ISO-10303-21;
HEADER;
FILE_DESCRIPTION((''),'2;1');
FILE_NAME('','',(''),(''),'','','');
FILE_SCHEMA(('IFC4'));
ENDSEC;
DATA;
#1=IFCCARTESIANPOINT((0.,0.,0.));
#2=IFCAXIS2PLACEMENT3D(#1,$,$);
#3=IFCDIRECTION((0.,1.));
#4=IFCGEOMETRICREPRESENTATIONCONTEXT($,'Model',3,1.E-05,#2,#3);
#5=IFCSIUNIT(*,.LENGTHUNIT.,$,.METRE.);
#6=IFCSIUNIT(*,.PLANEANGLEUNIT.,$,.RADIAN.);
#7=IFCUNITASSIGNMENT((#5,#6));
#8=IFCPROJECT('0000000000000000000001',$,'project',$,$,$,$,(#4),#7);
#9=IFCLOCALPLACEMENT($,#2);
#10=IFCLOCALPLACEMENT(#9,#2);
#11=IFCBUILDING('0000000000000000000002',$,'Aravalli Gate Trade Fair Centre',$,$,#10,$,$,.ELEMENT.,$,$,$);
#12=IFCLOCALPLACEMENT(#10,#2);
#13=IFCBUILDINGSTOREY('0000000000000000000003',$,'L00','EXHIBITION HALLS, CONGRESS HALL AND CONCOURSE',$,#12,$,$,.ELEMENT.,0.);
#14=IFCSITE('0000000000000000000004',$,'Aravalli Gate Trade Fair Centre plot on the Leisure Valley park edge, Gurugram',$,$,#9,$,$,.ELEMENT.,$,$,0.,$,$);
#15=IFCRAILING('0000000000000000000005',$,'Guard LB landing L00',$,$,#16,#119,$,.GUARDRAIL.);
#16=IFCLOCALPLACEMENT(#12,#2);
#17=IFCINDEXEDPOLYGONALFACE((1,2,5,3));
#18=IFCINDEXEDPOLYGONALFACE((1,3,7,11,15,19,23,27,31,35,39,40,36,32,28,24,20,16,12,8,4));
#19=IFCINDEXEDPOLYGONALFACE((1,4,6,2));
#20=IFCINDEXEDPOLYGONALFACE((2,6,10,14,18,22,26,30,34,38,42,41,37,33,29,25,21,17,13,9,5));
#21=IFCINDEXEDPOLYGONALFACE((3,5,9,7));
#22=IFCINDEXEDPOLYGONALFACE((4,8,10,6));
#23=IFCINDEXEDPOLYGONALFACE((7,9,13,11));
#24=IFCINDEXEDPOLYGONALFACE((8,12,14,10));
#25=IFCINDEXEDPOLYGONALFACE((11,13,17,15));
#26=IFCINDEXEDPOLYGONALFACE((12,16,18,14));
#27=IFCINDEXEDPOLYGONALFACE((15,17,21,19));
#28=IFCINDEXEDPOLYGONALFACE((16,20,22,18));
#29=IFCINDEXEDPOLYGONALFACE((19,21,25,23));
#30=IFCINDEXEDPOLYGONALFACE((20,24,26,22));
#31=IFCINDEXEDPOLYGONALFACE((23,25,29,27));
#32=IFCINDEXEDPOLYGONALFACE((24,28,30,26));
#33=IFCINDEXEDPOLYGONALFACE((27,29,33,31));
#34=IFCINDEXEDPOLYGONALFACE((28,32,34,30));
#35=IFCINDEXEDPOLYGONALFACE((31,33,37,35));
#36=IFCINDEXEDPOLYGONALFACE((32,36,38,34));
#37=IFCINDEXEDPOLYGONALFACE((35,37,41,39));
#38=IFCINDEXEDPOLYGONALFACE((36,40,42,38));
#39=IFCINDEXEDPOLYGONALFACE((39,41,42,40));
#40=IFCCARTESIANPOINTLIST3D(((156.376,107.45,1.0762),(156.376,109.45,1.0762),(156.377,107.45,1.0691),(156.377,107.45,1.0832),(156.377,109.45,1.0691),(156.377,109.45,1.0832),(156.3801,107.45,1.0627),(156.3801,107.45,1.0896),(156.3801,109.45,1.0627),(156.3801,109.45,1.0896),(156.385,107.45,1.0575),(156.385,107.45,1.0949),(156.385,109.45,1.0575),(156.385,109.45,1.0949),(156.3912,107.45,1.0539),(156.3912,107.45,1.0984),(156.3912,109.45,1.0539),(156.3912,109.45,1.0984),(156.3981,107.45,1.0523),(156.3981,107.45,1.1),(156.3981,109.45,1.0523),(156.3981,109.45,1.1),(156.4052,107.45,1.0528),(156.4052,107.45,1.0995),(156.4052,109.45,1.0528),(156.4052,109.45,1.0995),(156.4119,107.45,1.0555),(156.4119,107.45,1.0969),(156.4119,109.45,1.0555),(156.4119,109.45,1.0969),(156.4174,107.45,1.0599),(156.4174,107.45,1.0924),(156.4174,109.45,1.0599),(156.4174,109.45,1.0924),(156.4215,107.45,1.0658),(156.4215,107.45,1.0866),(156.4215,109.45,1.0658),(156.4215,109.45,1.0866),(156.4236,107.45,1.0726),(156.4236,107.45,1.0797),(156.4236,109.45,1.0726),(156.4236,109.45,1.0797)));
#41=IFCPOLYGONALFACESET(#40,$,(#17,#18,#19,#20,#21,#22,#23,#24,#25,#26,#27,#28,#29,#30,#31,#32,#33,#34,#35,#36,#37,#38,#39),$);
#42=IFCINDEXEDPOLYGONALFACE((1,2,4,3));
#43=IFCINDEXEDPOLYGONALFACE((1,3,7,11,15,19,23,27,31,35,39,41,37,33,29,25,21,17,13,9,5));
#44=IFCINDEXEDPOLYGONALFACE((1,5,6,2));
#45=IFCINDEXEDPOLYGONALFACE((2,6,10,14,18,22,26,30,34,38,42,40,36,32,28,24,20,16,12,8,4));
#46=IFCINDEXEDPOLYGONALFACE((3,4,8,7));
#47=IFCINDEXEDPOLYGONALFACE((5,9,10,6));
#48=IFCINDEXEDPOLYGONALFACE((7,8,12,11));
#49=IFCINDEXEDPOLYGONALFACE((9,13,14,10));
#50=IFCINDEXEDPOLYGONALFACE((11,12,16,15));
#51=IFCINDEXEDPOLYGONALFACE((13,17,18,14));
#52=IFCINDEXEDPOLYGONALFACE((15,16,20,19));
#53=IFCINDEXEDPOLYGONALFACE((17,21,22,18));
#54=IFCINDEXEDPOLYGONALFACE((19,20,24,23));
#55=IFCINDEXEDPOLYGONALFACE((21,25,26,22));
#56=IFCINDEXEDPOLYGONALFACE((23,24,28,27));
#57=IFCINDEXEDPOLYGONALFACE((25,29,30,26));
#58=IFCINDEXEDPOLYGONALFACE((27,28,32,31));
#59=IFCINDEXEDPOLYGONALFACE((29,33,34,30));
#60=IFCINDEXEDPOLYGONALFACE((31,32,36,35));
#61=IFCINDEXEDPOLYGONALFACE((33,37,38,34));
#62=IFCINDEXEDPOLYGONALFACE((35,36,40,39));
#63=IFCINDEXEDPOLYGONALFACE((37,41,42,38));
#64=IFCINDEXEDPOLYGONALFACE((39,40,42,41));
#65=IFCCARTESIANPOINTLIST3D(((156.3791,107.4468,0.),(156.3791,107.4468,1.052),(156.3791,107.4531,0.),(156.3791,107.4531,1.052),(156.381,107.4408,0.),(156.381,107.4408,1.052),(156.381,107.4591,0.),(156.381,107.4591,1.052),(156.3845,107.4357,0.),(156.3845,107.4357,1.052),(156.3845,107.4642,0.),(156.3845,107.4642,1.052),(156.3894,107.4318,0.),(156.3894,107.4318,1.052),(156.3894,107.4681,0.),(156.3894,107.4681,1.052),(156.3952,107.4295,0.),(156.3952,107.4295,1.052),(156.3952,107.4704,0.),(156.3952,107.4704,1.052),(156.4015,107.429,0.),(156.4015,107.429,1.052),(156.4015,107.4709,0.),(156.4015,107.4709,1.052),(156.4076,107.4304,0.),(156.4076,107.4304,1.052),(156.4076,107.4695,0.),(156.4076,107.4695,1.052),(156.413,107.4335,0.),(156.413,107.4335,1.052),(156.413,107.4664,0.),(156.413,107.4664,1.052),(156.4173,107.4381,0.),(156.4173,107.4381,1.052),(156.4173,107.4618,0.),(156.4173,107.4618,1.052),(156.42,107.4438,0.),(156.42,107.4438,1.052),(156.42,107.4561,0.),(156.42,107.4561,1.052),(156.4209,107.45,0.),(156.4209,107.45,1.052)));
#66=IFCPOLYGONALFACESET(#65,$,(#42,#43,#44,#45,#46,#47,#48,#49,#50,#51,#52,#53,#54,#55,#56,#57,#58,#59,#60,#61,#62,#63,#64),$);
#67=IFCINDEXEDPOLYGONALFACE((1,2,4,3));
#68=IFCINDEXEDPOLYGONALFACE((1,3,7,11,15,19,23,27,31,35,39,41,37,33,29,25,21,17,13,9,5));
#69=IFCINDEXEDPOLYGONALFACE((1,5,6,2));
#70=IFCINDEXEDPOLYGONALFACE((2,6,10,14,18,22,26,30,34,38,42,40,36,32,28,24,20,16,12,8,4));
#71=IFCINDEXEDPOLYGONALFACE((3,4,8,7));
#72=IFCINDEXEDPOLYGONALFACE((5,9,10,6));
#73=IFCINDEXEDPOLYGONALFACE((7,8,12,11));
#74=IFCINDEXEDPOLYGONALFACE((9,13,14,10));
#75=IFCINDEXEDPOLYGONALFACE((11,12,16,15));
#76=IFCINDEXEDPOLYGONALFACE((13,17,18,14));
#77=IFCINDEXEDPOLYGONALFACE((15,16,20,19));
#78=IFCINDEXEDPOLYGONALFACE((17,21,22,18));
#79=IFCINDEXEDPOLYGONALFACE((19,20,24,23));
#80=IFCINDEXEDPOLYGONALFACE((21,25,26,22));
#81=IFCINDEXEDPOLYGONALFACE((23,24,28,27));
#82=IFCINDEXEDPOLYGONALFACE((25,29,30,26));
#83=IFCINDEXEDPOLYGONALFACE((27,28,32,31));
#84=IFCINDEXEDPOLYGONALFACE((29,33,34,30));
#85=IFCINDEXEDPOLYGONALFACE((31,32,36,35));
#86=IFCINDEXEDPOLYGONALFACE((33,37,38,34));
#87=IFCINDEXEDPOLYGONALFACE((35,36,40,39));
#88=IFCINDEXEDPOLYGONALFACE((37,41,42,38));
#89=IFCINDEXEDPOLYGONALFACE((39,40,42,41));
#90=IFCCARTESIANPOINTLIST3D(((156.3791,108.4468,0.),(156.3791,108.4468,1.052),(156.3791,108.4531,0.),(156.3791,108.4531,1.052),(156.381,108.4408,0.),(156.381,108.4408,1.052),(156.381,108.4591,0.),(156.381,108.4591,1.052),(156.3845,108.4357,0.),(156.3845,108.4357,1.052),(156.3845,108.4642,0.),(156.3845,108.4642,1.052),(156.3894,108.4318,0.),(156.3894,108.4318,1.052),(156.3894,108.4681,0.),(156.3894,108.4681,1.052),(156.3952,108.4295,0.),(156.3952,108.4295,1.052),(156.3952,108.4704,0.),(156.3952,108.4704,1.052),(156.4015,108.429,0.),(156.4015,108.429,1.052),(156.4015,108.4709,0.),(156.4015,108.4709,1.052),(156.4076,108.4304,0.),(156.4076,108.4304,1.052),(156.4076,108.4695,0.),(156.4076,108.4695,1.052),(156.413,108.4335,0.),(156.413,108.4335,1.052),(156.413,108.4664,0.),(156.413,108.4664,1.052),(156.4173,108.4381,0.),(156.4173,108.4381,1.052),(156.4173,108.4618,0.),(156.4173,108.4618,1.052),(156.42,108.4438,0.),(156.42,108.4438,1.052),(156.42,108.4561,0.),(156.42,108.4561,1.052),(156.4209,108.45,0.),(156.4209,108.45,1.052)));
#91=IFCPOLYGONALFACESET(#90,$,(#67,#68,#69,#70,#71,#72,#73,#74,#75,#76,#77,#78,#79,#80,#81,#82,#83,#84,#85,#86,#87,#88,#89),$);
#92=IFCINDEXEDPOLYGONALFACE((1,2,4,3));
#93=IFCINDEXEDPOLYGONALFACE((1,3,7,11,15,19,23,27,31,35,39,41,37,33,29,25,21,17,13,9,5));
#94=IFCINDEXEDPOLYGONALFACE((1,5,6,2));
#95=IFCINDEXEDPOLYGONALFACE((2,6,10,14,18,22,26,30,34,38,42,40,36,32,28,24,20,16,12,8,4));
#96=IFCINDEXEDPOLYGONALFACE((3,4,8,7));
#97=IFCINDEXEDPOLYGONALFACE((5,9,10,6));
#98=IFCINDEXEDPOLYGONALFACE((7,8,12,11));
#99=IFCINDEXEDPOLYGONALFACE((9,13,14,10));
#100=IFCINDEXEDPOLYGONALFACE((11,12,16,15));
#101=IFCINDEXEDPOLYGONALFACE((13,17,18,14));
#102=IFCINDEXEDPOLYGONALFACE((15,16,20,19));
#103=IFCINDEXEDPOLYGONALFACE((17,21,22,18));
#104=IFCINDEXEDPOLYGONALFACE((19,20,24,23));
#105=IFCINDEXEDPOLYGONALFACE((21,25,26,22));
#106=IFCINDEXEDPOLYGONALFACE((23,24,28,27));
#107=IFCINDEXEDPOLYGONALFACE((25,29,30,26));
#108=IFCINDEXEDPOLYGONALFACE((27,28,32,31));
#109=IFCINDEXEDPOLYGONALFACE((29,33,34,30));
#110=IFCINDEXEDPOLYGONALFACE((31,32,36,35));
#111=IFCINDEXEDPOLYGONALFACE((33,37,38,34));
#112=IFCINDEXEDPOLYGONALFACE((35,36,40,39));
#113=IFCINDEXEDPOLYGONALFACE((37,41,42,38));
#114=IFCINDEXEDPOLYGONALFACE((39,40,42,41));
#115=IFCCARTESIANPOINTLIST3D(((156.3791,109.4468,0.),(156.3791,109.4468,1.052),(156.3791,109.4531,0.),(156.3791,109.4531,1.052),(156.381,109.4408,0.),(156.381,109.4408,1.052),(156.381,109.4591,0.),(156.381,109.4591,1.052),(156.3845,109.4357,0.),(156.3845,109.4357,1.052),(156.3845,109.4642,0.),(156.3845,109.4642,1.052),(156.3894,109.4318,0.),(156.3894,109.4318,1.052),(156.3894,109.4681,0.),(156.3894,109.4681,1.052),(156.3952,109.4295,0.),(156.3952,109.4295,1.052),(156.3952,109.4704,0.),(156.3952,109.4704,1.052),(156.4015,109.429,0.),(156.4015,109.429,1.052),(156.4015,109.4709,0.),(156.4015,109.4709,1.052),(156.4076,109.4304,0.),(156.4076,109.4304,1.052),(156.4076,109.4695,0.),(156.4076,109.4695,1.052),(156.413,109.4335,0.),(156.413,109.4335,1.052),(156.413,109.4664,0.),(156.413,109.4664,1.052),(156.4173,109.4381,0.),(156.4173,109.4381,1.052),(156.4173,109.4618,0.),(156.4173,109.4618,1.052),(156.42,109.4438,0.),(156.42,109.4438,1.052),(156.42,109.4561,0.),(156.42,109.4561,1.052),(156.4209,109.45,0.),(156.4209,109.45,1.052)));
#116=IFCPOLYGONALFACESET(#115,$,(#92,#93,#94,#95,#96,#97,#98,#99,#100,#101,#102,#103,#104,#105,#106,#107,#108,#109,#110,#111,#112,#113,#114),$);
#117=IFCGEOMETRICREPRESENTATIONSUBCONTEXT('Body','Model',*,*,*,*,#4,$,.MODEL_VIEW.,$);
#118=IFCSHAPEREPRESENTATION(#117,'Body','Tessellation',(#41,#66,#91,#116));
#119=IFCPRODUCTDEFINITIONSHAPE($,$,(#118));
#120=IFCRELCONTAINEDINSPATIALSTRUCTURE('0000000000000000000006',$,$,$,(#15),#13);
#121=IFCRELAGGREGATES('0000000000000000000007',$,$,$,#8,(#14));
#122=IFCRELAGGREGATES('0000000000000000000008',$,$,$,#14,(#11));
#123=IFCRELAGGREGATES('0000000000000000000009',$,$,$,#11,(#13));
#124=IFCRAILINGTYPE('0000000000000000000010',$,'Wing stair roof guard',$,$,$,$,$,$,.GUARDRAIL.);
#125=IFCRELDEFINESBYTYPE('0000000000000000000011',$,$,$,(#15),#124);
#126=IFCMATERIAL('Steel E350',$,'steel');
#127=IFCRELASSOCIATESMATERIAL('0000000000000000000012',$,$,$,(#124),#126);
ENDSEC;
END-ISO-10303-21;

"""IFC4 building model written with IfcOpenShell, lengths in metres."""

from ifc_helpers import new_model, si_unit, direction, frame, origin, origin_2d, place, context, subcontext, project, spatial, circle, extrude, material, type_object, element, save


model = new_model("IFC4")

# Units and contexts
model_context = context("Model", 3, precision=1e-05, world=origin(), true_north=direction((0.0, 1.0)))
body_context = subcontext(model_context, "Body", "Model", "MODEL_VIEW")
ifc_project = project(units=[si_unit("LENGTHUNIT", "METRE"), si_unit("PLANEANGLEUNIT", "RADIAN")], contexts=[model_context])

# Site, building, storey
site_placement = place(None, origin())
site = spatial("IfcSite", under=ifc_project, at=site_placement, Name="Aravalli Gate Trade Fair Centre plot on the Leisure Valley park edge, Gurugram", CompositionType="ELEMENT", RefElevation=0.0)
building_placement = place(site_placement, origin())
building = spatial("IfcBuilding", under=site, at=building_placement, Name="Aravalli Gate Trade Fair Centre", CompositionType="ELEMENT")
storey_placement = place(building_placement, origin())
storey = spatial("IfcBuildingStorey", under=building, at=storey_placement, Name="L00", Description="EXHIBITION HALLS, CONGRESS HALL AND CONCOURSE", CompositionType="ELEMENT", Elevation=0.0)

# Shared definitions
ifc_material_1 = material(Name="Steel E350", Category="steel")

# Railing
railing_type_1 = type_object("IfcRailingType", Name="Wing stair roof guard", PredefinedType="GUARDRAIL", material=ifc_material_1)
railing_placement = place(storey_placement, frame((156.3999, 107.45, 0.0)))
element("IfcRailing", 1, at=railing_placement, inside=storey, type_object=railing_type_1, Name="Guard LB landing L00", PredefinedType="GUARDRAIL", context=body_context, shape_type="SweptSolid", body=[
    extrude(circle(Radius=0.0239, at=origin_2d()), frame((0.0, 0.0, 1.0762), z_axis=(0.0, 1.0, 0.0), x_axis=(-1.0, 0.0, 0.0)), (0.0, 0.0, 1.0), 2.0),
    extrude(circle(Radius=0.021, at=origin_2d()), origin(), (0.0, 0.0, 1.0), 1.052),
    extrude(circle(Radius=0.021, at=origin_2d()), frame((0.0, 1.0, 0.0)), (0.0, 0.0, 1.0), 1.052),
    extrude(circle(Radius=0.021, at=origin_2d()), frame((0.0, 2.0, 0.0)), (0.0, 0.0, 1.0), 1.052),
])

save(model, "model.ifc")
